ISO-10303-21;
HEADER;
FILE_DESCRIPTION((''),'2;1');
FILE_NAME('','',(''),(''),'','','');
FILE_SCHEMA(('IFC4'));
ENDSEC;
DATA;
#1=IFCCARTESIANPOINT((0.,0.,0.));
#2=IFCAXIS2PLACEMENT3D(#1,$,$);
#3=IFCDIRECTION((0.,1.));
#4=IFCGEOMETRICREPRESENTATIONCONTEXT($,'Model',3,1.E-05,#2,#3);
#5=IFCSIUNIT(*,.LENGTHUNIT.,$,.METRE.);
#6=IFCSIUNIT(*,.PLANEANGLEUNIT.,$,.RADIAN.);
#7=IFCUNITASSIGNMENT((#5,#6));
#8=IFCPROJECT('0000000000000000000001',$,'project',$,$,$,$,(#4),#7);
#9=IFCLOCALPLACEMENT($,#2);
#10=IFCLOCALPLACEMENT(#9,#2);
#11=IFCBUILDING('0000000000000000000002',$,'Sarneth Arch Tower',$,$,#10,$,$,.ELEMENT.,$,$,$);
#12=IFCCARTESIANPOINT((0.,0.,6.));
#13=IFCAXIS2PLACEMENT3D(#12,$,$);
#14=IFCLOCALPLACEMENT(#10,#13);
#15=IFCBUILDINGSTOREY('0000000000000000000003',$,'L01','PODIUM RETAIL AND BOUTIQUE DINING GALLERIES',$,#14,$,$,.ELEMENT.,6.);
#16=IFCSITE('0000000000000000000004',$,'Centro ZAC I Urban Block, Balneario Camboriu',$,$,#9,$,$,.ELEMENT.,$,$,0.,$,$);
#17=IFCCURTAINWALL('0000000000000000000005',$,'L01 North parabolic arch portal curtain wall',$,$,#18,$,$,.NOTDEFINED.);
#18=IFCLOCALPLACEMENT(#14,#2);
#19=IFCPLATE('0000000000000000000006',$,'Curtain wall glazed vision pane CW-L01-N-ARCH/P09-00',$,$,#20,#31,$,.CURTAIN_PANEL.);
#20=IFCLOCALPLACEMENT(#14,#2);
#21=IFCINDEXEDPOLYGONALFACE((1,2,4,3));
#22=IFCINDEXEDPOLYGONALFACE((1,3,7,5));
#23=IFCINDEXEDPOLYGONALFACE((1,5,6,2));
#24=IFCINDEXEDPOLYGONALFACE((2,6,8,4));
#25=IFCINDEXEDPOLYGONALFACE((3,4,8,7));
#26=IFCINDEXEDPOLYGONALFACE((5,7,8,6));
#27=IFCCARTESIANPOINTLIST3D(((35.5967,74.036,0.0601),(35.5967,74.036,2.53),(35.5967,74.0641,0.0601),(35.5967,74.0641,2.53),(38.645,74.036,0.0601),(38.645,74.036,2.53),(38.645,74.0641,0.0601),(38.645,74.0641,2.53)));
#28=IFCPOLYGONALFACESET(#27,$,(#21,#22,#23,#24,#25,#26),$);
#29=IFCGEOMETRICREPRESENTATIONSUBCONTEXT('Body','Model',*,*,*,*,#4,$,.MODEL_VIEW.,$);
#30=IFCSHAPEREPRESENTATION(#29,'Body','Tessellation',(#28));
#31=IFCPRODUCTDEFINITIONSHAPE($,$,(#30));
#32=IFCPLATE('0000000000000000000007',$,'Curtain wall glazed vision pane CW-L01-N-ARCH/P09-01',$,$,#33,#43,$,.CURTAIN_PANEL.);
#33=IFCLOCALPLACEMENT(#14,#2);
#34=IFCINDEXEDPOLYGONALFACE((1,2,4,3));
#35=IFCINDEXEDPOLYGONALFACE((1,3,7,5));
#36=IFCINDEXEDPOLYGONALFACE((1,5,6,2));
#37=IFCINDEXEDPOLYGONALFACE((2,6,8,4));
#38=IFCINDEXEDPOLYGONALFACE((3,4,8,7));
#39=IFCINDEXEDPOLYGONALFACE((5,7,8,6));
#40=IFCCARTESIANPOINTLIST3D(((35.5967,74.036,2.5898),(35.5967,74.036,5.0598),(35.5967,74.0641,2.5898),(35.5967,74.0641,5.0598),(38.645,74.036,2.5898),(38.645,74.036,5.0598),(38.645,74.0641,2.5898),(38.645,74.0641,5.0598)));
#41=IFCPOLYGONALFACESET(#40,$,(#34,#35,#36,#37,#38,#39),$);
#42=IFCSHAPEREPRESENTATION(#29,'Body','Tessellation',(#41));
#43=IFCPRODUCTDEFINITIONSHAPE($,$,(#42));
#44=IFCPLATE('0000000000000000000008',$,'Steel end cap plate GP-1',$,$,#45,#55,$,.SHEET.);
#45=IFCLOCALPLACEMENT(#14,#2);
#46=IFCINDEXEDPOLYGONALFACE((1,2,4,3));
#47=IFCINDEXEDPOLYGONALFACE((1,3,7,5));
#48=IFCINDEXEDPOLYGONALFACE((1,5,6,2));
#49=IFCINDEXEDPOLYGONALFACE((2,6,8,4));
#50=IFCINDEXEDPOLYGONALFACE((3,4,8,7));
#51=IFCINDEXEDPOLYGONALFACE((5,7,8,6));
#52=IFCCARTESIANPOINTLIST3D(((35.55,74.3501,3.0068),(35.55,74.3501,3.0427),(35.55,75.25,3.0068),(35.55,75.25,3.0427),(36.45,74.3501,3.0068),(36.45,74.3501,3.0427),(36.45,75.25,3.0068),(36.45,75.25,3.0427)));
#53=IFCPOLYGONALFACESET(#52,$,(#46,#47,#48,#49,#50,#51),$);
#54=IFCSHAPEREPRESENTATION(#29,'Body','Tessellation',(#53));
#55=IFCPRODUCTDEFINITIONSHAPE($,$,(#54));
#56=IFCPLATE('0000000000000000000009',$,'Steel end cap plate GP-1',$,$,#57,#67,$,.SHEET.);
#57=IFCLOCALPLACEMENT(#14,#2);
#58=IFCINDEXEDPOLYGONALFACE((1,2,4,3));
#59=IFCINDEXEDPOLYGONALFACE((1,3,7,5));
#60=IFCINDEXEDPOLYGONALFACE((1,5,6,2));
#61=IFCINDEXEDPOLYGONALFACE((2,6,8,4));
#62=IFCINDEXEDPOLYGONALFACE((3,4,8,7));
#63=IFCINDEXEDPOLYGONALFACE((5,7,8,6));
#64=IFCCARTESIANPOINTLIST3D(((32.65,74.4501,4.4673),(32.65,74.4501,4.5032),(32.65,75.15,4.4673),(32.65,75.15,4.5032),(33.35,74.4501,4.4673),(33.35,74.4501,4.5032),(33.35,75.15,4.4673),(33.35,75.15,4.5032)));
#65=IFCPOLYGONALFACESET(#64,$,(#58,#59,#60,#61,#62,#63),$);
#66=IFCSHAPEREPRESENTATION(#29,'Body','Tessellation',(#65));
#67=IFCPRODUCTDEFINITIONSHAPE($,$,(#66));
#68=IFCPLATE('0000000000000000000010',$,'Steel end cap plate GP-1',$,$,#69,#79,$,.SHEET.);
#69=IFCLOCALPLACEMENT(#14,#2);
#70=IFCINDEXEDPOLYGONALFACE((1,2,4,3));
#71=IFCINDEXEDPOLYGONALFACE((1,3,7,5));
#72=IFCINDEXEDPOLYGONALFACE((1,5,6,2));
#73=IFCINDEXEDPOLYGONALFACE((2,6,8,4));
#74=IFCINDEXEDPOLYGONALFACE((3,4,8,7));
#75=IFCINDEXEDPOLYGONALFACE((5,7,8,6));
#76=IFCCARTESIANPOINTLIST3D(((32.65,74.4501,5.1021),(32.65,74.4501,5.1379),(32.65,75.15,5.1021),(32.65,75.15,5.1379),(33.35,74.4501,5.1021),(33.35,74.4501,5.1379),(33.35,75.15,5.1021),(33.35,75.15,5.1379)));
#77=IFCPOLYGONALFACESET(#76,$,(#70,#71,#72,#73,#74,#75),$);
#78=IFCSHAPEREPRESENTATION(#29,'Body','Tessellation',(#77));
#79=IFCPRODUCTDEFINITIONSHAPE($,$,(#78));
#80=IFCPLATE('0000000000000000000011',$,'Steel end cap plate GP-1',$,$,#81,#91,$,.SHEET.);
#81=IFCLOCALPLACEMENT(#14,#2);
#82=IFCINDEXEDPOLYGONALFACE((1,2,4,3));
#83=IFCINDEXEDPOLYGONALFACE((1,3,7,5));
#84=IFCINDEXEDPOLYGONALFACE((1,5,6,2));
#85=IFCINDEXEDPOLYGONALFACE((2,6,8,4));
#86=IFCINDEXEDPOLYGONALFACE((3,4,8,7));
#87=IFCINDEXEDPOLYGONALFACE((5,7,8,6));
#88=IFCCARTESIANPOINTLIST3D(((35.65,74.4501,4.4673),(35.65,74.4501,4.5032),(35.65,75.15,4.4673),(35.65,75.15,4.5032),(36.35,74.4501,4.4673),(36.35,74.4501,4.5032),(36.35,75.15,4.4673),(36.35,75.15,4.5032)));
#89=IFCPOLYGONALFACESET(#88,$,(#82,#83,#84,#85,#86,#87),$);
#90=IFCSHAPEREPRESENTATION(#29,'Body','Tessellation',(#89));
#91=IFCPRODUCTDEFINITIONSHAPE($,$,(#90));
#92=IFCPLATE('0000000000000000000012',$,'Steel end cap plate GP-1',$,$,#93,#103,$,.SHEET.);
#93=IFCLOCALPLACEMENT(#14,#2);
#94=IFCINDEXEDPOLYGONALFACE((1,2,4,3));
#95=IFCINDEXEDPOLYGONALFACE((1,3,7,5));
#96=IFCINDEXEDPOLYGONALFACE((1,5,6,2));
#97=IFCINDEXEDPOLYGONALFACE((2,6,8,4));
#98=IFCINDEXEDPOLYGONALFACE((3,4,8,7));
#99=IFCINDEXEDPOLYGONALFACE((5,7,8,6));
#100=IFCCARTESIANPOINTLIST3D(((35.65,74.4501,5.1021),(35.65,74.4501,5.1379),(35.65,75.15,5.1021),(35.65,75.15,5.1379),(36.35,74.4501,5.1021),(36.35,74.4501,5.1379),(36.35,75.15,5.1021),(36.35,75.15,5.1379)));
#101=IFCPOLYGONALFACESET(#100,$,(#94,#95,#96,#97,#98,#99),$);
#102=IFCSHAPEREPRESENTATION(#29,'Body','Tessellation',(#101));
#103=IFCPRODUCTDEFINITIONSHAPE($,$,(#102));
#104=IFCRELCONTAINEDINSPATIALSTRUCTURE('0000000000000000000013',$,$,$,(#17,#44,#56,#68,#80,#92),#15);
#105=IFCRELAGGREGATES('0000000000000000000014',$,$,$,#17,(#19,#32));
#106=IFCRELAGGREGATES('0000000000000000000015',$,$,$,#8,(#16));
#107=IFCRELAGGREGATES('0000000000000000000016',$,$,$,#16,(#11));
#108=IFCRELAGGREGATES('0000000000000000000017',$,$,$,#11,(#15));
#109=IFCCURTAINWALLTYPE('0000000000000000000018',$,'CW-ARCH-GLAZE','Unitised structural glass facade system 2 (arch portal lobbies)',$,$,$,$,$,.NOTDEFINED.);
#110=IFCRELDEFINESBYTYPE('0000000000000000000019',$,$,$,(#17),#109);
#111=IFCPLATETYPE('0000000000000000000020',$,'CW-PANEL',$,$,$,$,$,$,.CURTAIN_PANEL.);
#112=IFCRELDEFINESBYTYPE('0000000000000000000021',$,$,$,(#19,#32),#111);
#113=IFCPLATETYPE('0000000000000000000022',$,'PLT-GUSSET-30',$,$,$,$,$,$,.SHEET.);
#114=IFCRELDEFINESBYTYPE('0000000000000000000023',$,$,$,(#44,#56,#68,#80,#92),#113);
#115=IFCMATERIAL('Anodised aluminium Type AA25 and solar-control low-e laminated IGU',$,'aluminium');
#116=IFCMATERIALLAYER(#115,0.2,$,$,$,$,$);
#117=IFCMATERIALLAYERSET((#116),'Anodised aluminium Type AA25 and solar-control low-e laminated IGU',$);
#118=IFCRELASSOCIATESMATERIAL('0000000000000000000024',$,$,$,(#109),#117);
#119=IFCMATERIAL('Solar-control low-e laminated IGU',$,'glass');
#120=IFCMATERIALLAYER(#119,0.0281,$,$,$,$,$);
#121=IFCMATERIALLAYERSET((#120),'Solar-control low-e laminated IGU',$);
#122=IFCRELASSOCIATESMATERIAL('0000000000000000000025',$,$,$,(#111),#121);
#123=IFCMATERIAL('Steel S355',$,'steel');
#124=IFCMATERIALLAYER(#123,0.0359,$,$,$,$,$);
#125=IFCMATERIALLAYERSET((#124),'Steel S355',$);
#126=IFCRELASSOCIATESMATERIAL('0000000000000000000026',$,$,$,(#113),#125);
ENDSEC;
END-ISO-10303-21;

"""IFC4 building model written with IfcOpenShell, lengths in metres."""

from ifc_helpers import new_model, si_unit, direction, frame, origin, origin_2d, place, context, subcontext, project, spatial, rectangle, extrude, material, layer, layer_set, type_object, element, aggregate, save


model = new_model("IFC4")

# Units and contexts
model_context = context("Model", 3, precision=1e-05, world=origin(), true_north=direction((0.0, 1.0)))
body_context = subcontext(model_context, "Body", "Model", "MODEL_VIEW")
ifc_project = project(units=[si_unit("LENGTHUNIT", "METRE"), si_unit("PLANEANGLEUNIT", "RADIAN")], contexts=[model_context])

# Site, building, storey
site_placement = place(None, origin())
site = spatial("IfcSite", under=ifc_project, at=site_placement, Name="Centro ZAC I Urban Block, Balneario Camboriu", CompositionType="ELEMENT", RefElevation=0.0)
building_placement = place(site_placement, origin())
building = spatial("IfcBuilding", under=site, at=building_placement, Name="Sarneth Arch Tower", CompositionType="ELEMENT")
storey_placement = place(building_placement, frame((0.0, 0.0, 6.0)))
storey = spatial("IfcBuildingStorey", under=building, at=storey_placement, Name="L01", Description="PODIUM RETAIL AND BOUTIQUE DINING GALLERIES", CompositionType="ELEMENT", Elevation=6.0)

# Curtain wall
ifc_material_1 = material(Name="Anodised aluminium Type AA25 and solar-control low-e laminated IGU", Category="aluminium")
ifc_layer_1 = layer(ifc_material_1, 0.2)
ifc_layer_set_1 = layer_set([ifc_layer_1], Name="Anodised aluminium Type AA25 and solar-control low-e laminated IGU")
curtain_wall_type = type_object("IfcCurtainWallType", Name="CW-ARCH-GLAZE", Description="Unitised structural glass facade system 2 (arch portal lobbies)", PredefinedType="NOTDEFINED", material=ifc_layer_set_1)
curtain_wall_placement = place(storey_placement, origin())
curtain_wall = element("IfcCurtainWall", 1, at=curtain_wall_placement, inside=storey, type_object=curtain_wall_type, Name="L01 North parabolic arch portal curtain wall", PredefinedType="NOTDEFINED")

# Plates
ifc_material_2 = material(Name="Solar-control low-e laminated IGU", Category="glass")
ifc_layer_2 = layer(ifc_material_2, 0.0281)
ifc_layer_set_2 = layer_set([ifc_layer_2], Name="Solar-control low-e laminated IGU")
plate_type_1 = type_object("IfcPlateType", Name="CW-PANEL", PredefinedType="CURTAIN_PANEL", material=ifc_layer_set_2)
plate_1_placement = place(storey_placement, frame((37.1208, 74.05, 0.0601), z_axis=(0.0, 0.0, 1.0), x_axis=(-1.0, 0.0, 0.0)))
plate_1 = element("IfcPlate", 2, at=plate_1_placement, type_object=plate_type_1, Name="Curtain wall glazed vision pane CW-L01-N-ARCH/P09-00", PredefinedType="CURTAIN_PANEL", context=body_context, shape_type="SweptSolid", body=[
    extrude(rectangle(XDim=3.0483, YDim=0.0281, at=origin_2d()), origin(), (0.0, 0.0, 1.0), 2.47),
])
plate_2_placement = place(storey_placement, frame((37.1208, 74.05, 2.5898), z_axis=(0.0, 0.0, 1.0), x_axis=(-1.0, 0.0, 0.0)))
plate_2 = element("IfcPlate", 3, at=plate_2_placement, type_object=plate_type_1, Name="Curtain wall glazed vision pane CW-L01-N-ARCH/P09-01", PredefinedType="CURTAIN_PANEL", context=body_context, shape_type="SweptSolid", body=[
    extrude(rectangle(XDim=3.0483, YDim=0.0281, at=origin_2d()), origin(), (0.0, 0.0, 1.0), 2.47),
])
aggregate(curtain_wall, [plate_1, plate_2])

# Plates
ifc_material_3 = material(Name="Steel S355", Category="steel")
ifc_layer_3 = layer(ifc_material_3, 0.0359)
ifc_layer_set_3 = layer_set([ifc_layer_3], Name="Steel S355")
plate_type_2 = type_object("IfcPlateType", Name="PLT-GUSSET-30", PredefinedType="SHEET", material=ifc_layer_set_3)
plate_3_placement = place(storey_placement, frame((36.0, 74.8, 3.0068), z_axis=(0.0, 0.0, 1.0), x_axis=(-1.0, 0.0, 0.0)))
element("IfcPlate", 4, at=plate_3_placement, inside=storey, type_object=plate_type_2, Name="Steel end cap plate GP-1", PredefinedType="SHEET", context=body_context, shape_type="SweptSolid", body=[
    extrude(rectangle(XDim=0.8999, YDim=0.8999, at=origin_2d()), origin(), (0.0, 0.0, 1.0), 0.0359),
])
for number, where, z_axis, x_axis, name in (
    (5, (33.0, 74.8, 4.4673), (0.0, 0.0, 1.0), (1.0, 0.0, 0.0), "Steel end cap plate GP-1"),
    (6, (33.0, 74.8, 5.1021), (0.0, 0.0, 1.0), (1.0, 0.0, 0.0), "Steel end cap plate GP-1"),
    (7, (36.0, 74.8, 4.4673), (0.0, 0.0, 1.0), (1.0, 0.0, 0.0), "Steel end cap plate GP-1"),
    (8, (36.0, 74.8, 5.1021), (0.0, 0.0, 1.0), (1.0, 0.0, 0.0), "Steel end cap plate GP-1"),
):
    element("IfcPlate", number, at=place(storey_placement, frame(where, z_axis=z_axis, x_axis=x_axis)), inside=storey, type_object=plate_type_2, Name=name, PredefinedType="SHEET", context=body_context, shape_type="SweptSolid", body=[
        extrude(rectangle(XDim=0.7, YDim=0.7, at=origin_2d()), origin(), (0.0, 0.0, 1.0), 0.0359),
    ])

save(model, "model.ifc")
